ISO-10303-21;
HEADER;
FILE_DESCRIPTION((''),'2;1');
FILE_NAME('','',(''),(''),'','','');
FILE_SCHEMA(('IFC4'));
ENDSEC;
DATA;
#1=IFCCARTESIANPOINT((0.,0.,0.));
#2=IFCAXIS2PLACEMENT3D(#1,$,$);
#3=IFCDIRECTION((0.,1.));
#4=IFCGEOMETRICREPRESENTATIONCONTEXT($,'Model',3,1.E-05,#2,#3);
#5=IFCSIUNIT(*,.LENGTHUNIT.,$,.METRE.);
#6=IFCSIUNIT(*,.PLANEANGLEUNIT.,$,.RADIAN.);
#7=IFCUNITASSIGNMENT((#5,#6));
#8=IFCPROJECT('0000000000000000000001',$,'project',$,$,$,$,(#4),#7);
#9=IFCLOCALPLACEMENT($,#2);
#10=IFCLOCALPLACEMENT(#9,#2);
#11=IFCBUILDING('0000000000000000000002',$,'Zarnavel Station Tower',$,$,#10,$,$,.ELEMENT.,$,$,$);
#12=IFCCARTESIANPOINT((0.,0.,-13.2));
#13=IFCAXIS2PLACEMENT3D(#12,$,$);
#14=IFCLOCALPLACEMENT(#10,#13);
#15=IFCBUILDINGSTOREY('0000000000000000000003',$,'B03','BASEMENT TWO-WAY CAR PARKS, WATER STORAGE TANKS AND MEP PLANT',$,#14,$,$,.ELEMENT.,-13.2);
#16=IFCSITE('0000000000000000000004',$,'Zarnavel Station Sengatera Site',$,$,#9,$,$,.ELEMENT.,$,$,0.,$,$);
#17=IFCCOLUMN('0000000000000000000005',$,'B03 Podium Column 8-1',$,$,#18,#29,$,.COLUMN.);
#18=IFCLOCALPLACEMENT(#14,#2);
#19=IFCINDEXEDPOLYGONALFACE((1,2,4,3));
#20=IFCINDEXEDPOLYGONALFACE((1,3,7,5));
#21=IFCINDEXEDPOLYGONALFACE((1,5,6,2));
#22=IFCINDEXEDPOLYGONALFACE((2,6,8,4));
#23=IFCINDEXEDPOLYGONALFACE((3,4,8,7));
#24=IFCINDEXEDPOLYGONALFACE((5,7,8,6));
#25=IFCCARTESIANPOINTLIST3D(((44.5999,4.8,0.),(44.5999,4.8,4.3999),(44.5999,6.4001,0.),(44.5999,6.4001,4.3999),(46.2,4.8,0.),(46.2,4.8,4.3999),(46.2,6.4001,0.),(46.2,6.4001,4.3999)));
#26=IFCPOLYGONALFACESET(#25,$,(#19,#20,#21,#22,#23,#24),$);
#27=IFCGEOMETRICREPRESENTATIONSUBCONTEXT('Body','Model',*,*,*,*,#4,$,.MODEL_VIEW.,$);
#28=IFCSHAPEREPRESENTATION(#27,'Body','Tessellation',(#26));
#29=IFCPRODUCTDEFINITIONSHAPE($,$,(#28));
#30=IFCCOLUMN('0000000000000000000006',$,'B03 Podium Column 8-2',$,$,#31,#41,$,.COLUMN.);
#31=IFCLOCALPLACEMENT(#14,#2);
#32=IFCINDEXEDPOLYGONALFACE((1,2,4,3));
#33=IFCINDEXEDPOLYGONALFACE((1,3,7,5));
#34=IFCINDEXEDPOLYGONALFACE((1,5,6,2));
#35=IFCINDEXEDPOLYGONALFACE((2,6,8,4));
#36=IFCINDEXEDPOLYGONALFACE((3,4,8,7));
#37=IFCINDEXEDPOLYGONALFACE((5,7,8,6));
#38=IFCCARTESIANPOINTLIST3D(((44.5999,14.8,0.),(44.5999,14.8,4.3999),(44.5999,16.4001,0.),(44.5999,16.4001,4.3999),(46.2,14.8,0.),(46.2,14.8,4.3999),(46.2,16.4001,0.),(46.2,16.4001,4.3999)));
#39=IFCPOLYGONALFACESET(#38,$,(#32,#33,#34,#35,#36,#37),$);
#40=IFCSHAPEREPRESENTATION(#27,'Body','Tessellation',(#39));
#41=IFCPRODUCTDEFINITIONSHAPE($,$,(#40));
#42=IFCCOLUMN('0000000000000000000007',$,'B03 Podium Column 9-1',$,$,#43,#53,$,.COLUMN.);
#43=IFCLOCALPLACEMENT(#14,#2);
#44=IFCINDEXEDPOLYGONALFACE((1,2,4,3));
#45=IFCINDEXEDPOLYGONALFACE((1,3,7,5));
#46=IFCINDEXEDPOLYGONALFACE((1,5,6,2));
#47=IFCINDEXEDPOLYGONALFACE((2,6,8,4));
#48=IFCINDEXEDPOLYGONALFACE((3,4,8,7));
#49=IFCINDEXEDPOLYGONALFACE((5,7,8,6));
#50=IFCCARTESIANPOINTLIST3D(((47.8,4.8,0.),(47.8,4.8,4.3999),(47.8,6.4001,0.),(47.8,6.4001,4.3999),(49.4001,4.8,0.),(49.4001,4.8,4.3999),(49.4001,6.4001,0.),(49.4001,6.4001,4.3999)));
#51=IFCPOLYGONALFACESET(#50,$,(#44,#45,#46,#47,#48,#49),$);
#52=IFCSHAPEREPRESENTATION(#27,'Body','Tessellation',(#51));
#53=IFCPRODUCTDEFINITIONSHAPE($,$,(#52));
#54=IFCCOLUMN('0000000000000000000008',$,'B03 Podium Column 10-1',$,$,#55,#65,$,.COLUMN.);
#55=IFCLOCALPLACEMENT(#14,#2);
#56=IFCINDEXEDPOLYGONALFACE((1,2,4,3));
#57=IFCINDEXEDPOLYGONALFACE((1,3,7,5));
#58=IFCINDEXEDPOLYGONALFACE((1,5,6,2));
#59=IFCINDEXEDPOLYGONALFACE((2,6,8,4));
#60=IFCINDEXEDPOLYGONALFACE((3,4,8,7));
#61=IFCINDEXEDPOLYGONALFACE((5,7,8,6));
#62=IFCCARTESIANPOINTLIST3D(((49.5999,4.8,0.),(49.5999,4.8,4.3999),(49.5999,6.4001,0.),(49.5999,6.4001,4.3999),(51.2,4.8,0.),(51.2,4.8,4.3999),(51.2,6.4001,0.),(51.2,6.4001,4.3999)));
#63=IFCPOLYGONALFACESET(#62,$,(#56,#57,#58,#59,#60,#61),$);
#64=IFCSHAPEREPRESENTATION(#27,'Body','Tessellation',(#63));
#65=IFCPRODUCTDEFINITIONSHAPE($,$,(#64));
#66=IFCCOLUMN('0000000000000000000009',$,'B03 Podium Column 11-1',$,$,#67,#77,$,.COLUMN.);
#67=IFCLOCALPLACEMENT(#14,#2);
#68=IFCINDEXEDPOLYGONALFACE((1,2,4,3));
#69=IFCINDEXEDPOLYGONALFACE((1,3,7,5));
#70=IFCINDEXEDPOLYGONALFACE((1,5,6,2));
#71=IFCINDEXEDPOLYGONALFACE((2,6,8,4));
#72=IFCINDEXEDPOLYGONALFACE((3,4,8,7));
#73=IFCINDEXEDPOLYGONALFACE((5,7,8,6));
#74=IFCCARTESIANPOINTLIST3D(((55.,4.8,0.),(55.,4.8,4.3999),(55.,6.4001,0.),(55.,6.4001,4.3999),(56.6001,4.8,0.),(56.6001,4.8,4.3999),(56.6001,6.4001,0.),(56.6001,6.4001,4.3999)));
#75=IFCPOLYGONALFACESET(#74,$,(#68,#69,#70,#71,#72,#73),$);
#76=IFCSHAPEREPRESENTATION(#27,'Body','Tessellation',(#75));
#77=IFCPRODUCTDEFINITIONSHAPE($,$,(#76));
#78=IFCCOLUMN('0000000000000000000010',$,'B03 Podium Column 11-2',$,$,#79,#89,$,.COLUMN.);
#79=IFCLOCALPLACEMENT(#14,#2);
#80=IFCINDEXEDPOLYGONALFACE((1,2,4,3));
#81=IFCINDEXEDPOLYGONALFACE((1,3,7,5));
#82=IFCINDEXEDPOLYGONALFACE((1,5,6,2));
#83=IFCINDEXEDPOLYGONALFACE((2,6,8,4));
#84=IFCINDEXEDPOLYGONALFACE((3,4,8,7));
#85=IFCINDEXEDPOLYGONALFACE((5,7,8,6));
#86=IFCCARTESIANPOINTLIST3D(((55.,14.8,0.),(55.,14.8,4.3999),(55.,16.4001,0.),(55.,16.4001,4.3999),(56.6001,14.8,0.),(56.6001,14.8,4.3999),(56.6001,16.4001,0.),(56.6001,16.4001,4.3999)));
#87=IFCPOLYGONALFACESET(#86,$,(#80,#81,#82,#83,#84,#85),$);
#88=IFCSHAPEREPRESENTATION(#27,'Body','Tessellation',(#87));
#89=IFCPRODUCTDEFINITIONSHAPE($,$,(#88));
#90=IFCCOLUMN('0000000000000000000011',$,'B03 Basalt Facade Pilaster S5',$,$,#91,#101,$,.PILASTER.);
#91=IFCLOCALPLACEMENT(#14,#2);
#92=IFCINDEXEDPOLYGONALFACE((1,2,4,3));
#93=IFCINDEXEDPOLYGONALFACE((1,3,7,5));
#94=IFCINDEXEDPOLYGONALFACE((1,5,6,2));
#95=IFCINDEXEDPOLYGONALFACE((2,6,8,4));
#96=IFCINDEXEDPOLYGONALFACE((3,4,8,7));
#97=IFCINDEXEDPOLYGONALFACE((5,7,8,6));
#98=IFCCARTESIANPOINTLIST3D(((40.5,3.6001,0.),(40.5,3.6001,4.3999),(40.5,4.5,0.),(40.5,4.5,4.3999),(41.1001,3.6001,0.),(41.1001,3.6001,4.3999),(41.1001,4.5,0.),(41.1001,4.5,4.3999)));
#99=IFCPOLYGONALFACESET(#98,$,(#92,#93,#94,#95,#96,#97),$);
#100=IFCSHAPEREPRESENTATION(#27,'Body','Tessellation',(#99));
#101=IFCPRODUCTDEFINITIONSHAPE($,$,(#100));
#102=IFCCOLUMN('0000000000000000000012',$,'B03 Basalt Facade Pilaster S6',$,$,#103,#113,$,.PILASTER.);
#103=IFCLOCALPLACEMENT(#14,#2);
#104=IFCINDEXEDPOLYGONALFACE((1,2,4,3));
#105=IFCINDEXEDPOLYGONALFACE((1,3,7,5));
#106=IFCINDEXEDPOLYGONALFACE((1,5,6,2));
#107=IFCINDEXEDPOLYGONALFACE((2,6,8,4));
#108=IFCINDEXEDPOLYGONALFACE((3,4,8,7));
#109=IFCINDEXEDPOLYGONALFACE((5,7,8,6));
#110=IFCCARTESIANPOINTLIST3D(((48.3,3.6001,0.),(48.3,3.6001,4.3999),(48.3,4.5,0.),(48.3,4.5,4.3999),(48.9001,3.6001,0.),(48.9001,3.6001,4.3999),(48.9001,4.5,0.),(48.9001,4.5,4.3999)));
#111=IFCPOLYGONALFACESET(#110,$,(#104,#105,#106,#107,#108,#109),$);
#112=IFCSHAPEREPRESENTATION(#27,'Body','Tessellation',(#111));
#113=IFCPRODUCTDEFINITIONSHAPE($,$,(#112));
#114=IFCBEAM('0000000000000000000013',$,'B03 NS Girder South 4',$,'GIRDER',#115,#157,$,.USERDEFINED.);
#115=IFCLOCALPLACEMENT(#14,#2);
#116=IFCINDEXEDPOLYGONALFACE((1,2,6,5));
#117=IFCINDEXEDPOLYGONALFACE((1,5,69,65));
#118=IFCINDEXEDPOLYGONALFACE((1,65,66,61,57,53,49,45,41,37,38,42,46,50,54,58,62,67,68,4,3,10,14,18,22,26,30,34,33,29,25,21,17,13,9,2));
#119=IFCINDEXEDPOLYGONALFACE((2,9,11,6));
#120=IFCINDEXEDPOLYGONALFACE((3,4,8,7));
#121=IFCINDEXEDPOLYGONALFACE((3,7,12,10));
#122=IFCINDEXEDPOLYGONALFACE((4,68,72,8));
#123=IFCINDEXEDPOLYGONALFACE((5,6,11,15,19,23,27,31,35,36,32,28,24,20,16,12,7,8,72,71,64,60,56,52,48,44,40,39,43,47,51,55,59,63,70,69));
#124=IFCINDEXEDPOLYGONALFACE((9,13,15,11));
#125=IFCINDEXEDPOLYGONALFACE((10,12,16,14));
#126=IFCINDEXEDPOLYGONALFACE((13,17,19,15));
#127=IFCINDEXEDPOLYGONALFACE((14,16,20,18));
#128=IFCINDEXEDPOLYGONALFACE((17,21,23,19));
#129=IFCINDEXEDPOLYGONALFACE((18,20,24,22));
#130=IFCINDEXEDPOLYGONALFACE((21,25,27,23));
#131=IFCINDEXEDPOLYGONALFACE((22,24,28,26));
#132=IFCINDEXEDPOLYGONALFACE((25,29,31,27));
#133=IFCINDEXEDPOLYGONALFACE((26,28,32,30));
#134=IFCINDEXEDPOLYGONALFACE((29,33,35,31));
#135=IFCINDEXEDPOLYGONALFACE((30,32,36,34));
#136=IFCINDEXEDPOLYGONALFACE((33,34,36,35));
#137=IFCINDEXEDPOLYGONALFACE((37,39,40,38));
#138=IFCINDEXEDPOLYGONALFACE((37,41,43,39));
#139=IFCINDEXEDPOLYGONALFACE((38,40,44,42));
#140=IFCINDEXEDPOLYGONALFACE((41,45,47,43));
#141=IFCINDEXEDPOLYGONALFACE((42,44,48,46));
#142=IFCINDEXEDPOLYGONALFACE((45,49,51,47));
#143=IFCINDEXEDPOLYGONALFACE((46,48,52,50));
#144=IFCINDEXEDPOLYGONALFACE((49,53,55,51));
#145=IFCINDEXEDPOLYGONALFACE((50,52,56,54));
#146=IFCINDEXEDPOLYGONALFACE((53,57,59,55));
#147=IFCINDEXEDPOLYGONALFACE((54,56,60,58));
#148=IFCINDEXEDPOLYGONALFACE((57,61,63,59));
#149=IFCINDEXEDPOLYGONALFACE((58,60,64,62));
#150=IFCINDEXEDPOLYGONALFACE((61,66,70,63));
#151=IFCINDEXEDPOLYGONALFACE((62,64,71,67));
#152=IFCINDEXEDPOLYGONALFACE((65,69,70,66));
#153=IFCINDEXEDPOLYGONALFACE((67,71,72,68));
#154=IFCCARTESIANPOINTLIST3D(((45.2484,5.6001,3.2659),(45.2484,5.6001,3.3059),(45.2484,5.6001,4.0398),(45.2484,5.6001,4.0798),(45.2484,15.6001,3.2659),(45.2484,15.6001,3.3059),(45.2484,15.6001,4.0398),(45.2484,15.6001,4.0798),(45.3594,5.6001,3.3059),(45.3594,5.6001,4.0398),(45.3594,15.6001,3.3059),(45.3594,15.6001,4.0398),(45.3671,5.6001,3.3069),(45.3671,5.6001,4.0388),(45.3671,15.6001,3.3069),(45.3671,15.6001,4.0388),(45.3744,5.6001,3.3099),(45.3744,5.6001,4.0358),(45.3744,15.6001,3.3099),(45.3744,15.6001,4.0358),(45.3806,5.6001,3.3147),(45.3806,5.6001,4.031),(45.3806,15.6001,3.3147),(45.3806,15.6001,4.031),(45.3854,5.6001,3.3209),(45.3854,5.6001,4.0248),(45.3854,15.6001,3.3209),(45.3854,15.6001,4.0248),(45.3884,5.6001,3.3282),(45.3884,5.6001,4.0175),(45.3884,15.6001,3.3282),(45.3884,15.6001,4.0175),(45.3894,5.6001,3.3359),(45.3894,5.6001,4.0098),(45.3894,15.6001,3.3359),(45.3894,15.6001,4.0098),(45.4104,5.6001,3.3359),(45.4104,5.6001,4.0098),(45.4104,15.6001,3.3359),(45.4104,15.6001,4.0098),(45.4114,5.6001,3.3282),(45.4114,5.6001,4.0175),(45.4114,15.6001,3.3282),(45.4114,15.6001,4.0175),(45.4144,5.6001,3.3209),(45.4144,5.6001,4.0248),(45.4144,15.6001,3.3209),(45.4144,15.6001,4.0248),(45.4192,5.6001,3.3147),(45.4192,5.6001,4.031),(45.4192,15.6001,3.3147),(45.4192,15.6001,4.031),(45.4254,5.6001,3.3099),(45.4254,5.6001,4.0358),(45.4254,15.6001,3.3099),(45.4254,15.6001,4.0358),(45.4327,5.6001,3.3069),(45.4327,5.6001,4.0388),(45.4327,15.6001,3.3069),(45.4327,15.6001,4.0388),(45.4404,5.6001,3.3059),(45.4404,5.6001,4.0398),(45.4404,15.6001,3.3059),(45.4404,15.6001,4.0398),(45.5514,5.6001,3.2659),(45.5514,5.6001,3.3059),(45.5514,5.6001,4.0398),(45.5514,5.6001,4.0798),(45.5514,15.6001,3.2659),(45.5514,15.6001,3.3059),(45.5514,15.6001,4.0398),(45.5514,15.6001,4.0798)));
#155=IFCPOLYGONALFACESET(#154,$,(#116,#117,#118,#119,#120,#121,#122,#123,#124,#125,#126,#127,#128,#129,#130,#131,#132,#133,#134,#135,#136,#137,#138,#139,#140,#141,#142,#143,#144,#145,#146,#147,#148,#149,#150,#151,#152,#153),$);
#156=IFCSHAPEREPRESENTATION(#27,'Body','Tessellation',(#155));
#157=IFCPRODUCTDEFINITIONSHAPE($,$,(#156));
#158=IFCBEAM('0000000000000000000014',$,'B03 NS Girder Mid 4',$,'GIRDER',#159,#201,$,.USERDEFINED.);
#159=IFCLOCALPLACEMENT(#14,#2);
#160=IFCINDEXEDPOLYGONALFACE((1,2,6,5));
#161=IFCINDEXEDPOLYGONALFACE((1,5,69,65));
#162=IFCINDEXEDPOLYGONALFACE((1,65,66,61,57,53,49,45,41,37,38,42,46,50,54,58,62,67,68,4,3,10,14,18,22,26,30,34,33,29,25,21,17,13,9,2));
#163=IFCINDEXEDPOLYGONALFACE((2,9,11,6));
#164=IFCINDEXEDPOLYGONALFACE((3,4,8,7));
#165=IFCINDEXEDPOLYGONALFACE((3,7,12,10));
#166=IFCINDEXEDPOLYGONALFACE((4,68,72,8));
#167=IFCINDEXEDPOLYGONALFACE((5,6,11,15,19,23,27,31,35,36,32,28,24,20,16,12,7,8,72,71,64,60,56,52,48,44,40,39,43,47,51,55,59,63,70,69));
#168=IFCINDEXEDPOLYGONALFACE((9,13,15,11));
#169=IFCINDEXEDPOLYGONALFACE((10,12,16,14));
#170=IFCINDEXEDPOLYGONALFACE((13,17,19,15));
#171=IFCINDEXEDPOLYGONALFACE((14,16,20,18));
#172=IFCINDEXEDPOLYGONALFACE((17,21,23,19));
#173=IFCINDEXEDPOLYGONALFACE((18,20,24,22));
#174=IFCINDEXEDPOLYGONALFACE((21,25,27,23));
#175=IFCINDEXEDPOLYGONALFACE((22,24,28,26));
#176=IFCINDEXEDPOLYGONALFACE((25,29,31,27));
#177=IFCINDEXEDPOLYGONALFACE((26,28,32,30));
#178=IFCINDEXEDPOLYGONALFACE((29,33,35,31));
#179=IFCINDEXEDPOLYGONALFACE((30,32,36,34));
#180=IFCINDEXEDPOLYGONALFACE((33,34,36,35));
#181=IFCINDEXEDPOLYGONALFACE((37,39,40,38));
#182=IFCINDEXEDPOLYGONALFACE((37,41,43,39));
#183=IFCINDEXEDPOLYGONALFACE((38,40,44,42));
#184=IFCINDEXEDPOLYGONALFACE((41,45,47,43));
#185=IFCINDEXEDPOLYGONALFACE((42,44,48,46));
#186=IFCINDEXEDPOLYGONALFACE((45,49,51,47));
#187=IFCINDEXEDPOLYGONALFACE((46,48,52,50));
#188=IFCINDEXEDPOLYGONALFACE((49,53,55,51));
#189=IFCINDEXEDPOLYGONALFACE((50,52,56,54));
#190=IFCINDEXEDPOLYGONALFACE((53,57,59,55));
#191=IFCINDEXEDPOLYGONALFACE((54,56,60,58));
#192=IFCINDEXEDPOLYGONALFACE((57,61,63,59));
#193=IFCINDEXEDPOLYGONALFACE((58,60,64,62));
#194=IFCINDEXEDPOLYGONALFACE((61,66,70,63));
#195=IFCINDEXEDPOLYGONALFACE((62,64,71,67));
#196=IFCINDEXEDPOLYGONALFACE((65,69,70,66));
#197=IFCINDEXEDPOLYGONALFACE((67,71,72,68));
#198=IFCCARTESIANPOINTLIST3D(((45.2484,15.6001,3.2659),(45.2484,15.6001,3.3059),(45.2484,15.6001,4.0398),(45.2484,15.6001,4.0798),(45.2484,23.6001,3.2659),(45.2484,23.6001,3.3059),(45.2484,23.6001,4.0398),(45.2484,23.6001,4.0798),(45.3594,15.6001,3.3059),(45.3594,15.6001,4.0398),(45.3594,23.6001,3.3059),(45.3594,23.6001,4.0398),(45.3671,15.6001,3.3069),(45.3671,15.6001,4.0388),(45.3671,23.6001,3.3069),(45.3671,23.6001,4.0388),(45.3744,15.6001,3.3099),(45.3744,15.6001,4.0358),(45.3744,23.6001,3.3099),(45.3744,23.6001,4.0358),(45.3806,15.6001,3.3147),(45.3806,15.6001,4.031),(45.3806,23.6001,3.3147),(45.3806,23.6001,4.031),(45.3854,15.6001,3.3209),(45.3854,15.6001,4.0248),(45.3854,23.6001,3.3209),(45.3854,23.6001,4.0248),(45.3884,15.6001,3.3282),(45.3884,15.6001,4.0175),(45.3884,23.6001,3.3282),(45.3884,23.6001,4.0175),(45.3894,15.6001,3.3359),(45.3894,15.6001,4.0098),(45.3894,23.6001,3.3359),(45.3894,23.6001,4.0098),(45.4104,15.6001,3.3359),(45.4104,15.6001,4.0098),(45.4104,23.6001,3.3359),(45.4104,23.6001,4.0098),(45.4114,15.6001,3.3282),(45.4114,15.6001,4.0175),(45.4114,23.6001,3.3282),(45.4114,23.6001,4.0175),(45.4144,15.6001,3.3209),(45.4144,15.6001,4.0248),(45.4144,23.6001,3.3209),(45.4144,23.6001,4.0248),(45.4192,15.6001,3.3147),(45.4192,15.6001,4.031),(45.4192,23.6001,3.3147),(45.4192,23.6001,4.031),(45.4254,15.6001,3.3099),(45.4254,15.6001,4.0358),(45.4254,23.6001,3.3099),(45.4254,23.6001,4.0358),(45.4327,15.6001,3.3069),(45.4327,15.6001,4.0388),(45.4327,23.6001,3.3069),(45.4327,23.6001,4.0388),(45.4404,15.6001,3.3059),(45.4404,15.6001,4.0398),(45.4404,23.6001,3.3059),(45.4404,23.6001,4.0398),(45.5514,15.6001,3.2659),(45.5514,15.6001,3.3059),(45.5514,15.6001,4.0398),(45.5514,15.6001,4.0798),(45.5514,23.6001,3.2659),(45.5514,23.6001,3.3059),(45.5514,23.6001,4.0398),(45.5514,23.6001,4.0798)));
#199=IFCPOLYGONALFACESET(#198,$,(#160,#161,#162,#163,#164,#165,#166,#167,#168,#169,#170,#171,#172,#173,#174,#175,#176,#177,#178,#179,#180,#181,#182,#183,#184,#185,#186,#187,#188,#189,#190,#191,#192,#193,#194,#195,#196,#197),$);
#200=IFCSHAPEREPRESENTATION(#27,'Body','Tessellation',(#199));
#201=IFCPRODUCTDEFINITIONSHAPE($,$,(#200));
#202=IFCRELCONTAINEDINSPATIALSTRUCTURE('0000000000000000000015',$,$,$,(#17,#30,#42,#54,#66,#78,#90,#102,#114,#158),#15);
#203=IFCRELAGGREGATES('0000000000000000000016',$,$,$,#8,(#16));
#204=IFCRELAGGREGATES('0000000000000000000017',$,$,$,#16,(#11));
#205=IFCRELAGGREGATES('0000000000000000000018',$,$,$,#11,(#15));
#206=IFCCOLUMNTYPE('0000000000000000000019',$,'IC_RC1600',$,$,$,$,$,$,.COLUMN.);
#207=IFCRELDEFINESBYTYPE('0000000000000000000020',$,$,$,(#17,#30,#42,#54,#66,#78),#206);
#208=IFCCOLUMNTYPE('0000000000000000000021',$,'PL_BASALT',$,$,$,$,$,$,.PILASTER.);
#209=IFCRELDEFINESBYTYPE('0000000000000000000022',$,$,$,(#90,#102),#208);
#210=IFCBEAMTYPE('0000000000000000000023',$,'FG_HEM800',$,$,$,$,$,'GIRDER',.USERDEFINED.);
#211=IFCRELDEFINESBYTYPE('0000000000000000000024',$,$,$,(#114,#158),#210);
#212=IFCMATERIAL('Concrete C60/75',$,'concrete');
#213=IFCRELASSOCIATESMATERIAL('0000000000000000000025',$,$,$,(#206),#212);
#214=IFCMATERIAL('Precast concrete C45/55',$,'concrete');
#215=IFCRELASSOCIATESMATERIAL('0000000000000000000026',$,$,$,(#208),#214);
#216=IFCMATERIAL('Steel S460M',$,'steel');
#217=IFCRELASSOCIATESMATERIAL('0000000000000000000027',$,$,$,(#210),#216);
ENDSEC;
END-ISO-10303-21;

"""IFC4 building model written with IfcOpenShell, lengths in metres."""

from ifc_helpers import new_model, si_unit, direction, frame, origin, origin_2d, place, context, subcontext, project, spatial, rectangle, i_section, extrude, material, material_profile, profile_set, type_object, element, save


model = new_model("IFC4")

# Units and contexts
model_context = context("Model", 3, precision=1e-05, world=origin(), true_north=direction((0.0, 1.0)))
body_context = subcontext(model_context, "Body", "Model", "MODEL_VIEW")
ifc_project = project(units=[si_unit("LENGTHUNIT", "METRE"), si_unit("PLANEANGLEUNIT", "RADIAN")], contexts=[model_context])

# Site, building, storey
site_placement = place(None, origin())
site = spatial("IfcSite", under=ifc_project, at=site_placement, Name="Zarnavel Station Sengatera Site", CompositionType="ELEMENT", RefElevation=0.0)
building_placement = place(site_placement, origin())
building = spatial("IfcBuilding", under=site, at=building_placement, Name="Zarnavel Station Tower", CompositionType="ELEMENT")
storey_placement = place(building_placement, frame((0.0, 0.0, -13.2)))
storey = spatial("IfcBuildingStorey", under=building, at=storey_placement, Name="B03", Description="BASEMENT TWO-WAY CAR PARKS, WATER STORAGE TANKS AND MEP PLANT", CompositionType="ELEMENT", Elevation=-13.2)

# Columns
ifc_material_1 = material(Name="Concrete C60/75", Category="concrete")
ifc_material_profile_1 = material_profile(ifc_material_1, rectangle(XDim=1.6001, YDim=1.6001, at=origin_2d()), Name="RC1600x1600")
ifc_profile_set_1 = profile_set([ifc_material_profile_1], Name="Concrete C60/75")
column_type_1 = type_object("IfcColumnType", Name="IC_RC1600", PredefinedType="COLUMN", material=ifc_profile_set_1)
for number, where, z_axis, x_axis, name in (
    (1, (45.3999, 5.6001, 0.0), (0.0, 0.0, 1.0), (1.0, 0.0, 0.0), "B03 Podium Column 8-1"),
    (2, (45.3999, 15.6001, 0.0), (0.0, 0.0, 1.0), (1.0, 0.0, 0.0), "B03 Podium Column 8-2"),
    (3, (48.6001, 5.6001, 0.0), (0.0, 0.0, 1.0), (1.0, 0.0, 0.0), "B03 Podium Column 9-1"),
    (4, (50.3999, 5.6001, 0.0), (0.0, 0.0, 1.0), (1.0, 0.0, 0.0), "B03 Podium Column 10-1"),
    (5, (55.8, 5.6001, 0.0), (0.0, 0.0, 1.0), (1.0, 0.0, 0.0), "B03 Podium Column 11-1"),
    (6, (55.8, 15.6001, 0.0), (0.0, 0.0, 1.0), (1.0, 0.0, 0.0), "B03 Podium Column 11-2"),
):
    element("IfcColumn", number, at=place(storey_placement, frame(where, z_axis=z_axis, x_axis=x_axis)), inside=storey, type_object=column_type_1, Name=name, PredefinedType="COLUMN", context=body_context, shape_type="SweptSolid", body=[
        extrude(rectangle(XDim=1.6001, YDim=1.6001, at=origin_2d()), origin(), (0.0, 0.0, 1.0), 4.3999),
    ])
ifc_material_2 = material(Name="Precast concrete C45/55", Category="concrete")
ifc_material_profile_2 = material_profile(ifc_material_2, rectangle(XDim=0.6001, YDim=0.8999, at=origin_2d()), Name="RC600x900")
ifc_profile_set_2 = profile_set([ifc_material_profile_2], Name="Precast concrete C45/55")
column_type_2 = type_object("IfcColumnType", Name="PL_BASALT", PredefinedType="PILASTER", material=ifc_profile_set_2)
for number, where, z_axis, x_axis, name in (
    (7, (40.8, 4.05, 0.0), (0.0, 0.0, 1.0), (1.0, 0.0, 0.0), "B03 Basalt Facade Pilaster S5"),
    (8, (48.6001, 4.05, 0.0), (0.0, 0.0, 1.0), (1.0, 0.0, 0.0), "B03 Basalt Facade Pilaster S6"),
):
    element("IfcColumn", number, at=place(storey_placement, frame(where, z_axis=z_axis, x_axis=x_axis)), inside=storey, type_object=column_type_2, Name=name, PredefinedType="PILASTER", context=body_context, shape_type="SweptSolid", body=[
        extrude(rectangle(XDim=0.6001, YDim=0.8999, at=origin_2d()), origin(), (0.0, 0.0, 1.0), 4.3999),
    ])

# Beams
ifc_material_3 = material(Name="Steel S460M", Category="steel")
ifc_material_profile_3 = material_profile(ifc_material_3, i_section(OverallWidth=0.303, OverallDepth=0.814, WebThickness=0.021, FlangeThickness=0.04, FilletRadius=0.03, at=origin_2d()), Name="HEM800")
ifc_profile_set_3 = profile_set([ifc_material_profile_3], Name="Steel S460M")
beam_type_1 = type_object("IfcBeamType", Name="FG_HEM800", ElementType="GIRDER", PredefinedType="USERDEFINED", material=ifc_profile_set_3)
beam_1_placement = place(storey_placement, frame((45.3999, 5.6001, 3.6729), z_axis=(0.0, 1.0, 0.0), x_axis=(-1.0, 0.0, 0.0)))
element("IfcBeam", 9, at=beam_1_placement, inside=storey, type_object=beam_type_1, Name="B03 NS Girder South 4", ObjectType="GIRDER", PredefinedType="USERDEFINED", context=body_context, shape_type="SweptSolid", body=[
    extrude(i_section(OverallWidth=0.303, OverallDepth=0.814, WebThickness=0.021, FlangeThickness=0.04, FilletRadius=0.03, at=origin_2d()), origin(), (0.0, 0.0, 1.0), 10.0),
])
beam_2_placement = place(storey_placement, frame((45.3999, 15.6001, 3.6729), z_axis=(0.0, 1.0, 0.0), x_axis=(-1.0, 0.0, 0.0)))
element("IfcBeam", 10, at=beam_2_placement, inside=storey, type_object=beam_type_1, Name="B03 NS Girder Mid 4", ObjectType="GIRDER", PredefinedType="USERDEFINED", context=body_context, shape_type="SweptSolid", body=[
    extrude(i_section(OverallWidth=0.303, OverallDepth=0.814, WebThickness=0.021, FlangeThickness=0.04, FilletRadius=0.03, at=origin_2d()), origin(), (0.0, 0.0, 1.0), 8.0),
])

save(model, "model.ifc")
